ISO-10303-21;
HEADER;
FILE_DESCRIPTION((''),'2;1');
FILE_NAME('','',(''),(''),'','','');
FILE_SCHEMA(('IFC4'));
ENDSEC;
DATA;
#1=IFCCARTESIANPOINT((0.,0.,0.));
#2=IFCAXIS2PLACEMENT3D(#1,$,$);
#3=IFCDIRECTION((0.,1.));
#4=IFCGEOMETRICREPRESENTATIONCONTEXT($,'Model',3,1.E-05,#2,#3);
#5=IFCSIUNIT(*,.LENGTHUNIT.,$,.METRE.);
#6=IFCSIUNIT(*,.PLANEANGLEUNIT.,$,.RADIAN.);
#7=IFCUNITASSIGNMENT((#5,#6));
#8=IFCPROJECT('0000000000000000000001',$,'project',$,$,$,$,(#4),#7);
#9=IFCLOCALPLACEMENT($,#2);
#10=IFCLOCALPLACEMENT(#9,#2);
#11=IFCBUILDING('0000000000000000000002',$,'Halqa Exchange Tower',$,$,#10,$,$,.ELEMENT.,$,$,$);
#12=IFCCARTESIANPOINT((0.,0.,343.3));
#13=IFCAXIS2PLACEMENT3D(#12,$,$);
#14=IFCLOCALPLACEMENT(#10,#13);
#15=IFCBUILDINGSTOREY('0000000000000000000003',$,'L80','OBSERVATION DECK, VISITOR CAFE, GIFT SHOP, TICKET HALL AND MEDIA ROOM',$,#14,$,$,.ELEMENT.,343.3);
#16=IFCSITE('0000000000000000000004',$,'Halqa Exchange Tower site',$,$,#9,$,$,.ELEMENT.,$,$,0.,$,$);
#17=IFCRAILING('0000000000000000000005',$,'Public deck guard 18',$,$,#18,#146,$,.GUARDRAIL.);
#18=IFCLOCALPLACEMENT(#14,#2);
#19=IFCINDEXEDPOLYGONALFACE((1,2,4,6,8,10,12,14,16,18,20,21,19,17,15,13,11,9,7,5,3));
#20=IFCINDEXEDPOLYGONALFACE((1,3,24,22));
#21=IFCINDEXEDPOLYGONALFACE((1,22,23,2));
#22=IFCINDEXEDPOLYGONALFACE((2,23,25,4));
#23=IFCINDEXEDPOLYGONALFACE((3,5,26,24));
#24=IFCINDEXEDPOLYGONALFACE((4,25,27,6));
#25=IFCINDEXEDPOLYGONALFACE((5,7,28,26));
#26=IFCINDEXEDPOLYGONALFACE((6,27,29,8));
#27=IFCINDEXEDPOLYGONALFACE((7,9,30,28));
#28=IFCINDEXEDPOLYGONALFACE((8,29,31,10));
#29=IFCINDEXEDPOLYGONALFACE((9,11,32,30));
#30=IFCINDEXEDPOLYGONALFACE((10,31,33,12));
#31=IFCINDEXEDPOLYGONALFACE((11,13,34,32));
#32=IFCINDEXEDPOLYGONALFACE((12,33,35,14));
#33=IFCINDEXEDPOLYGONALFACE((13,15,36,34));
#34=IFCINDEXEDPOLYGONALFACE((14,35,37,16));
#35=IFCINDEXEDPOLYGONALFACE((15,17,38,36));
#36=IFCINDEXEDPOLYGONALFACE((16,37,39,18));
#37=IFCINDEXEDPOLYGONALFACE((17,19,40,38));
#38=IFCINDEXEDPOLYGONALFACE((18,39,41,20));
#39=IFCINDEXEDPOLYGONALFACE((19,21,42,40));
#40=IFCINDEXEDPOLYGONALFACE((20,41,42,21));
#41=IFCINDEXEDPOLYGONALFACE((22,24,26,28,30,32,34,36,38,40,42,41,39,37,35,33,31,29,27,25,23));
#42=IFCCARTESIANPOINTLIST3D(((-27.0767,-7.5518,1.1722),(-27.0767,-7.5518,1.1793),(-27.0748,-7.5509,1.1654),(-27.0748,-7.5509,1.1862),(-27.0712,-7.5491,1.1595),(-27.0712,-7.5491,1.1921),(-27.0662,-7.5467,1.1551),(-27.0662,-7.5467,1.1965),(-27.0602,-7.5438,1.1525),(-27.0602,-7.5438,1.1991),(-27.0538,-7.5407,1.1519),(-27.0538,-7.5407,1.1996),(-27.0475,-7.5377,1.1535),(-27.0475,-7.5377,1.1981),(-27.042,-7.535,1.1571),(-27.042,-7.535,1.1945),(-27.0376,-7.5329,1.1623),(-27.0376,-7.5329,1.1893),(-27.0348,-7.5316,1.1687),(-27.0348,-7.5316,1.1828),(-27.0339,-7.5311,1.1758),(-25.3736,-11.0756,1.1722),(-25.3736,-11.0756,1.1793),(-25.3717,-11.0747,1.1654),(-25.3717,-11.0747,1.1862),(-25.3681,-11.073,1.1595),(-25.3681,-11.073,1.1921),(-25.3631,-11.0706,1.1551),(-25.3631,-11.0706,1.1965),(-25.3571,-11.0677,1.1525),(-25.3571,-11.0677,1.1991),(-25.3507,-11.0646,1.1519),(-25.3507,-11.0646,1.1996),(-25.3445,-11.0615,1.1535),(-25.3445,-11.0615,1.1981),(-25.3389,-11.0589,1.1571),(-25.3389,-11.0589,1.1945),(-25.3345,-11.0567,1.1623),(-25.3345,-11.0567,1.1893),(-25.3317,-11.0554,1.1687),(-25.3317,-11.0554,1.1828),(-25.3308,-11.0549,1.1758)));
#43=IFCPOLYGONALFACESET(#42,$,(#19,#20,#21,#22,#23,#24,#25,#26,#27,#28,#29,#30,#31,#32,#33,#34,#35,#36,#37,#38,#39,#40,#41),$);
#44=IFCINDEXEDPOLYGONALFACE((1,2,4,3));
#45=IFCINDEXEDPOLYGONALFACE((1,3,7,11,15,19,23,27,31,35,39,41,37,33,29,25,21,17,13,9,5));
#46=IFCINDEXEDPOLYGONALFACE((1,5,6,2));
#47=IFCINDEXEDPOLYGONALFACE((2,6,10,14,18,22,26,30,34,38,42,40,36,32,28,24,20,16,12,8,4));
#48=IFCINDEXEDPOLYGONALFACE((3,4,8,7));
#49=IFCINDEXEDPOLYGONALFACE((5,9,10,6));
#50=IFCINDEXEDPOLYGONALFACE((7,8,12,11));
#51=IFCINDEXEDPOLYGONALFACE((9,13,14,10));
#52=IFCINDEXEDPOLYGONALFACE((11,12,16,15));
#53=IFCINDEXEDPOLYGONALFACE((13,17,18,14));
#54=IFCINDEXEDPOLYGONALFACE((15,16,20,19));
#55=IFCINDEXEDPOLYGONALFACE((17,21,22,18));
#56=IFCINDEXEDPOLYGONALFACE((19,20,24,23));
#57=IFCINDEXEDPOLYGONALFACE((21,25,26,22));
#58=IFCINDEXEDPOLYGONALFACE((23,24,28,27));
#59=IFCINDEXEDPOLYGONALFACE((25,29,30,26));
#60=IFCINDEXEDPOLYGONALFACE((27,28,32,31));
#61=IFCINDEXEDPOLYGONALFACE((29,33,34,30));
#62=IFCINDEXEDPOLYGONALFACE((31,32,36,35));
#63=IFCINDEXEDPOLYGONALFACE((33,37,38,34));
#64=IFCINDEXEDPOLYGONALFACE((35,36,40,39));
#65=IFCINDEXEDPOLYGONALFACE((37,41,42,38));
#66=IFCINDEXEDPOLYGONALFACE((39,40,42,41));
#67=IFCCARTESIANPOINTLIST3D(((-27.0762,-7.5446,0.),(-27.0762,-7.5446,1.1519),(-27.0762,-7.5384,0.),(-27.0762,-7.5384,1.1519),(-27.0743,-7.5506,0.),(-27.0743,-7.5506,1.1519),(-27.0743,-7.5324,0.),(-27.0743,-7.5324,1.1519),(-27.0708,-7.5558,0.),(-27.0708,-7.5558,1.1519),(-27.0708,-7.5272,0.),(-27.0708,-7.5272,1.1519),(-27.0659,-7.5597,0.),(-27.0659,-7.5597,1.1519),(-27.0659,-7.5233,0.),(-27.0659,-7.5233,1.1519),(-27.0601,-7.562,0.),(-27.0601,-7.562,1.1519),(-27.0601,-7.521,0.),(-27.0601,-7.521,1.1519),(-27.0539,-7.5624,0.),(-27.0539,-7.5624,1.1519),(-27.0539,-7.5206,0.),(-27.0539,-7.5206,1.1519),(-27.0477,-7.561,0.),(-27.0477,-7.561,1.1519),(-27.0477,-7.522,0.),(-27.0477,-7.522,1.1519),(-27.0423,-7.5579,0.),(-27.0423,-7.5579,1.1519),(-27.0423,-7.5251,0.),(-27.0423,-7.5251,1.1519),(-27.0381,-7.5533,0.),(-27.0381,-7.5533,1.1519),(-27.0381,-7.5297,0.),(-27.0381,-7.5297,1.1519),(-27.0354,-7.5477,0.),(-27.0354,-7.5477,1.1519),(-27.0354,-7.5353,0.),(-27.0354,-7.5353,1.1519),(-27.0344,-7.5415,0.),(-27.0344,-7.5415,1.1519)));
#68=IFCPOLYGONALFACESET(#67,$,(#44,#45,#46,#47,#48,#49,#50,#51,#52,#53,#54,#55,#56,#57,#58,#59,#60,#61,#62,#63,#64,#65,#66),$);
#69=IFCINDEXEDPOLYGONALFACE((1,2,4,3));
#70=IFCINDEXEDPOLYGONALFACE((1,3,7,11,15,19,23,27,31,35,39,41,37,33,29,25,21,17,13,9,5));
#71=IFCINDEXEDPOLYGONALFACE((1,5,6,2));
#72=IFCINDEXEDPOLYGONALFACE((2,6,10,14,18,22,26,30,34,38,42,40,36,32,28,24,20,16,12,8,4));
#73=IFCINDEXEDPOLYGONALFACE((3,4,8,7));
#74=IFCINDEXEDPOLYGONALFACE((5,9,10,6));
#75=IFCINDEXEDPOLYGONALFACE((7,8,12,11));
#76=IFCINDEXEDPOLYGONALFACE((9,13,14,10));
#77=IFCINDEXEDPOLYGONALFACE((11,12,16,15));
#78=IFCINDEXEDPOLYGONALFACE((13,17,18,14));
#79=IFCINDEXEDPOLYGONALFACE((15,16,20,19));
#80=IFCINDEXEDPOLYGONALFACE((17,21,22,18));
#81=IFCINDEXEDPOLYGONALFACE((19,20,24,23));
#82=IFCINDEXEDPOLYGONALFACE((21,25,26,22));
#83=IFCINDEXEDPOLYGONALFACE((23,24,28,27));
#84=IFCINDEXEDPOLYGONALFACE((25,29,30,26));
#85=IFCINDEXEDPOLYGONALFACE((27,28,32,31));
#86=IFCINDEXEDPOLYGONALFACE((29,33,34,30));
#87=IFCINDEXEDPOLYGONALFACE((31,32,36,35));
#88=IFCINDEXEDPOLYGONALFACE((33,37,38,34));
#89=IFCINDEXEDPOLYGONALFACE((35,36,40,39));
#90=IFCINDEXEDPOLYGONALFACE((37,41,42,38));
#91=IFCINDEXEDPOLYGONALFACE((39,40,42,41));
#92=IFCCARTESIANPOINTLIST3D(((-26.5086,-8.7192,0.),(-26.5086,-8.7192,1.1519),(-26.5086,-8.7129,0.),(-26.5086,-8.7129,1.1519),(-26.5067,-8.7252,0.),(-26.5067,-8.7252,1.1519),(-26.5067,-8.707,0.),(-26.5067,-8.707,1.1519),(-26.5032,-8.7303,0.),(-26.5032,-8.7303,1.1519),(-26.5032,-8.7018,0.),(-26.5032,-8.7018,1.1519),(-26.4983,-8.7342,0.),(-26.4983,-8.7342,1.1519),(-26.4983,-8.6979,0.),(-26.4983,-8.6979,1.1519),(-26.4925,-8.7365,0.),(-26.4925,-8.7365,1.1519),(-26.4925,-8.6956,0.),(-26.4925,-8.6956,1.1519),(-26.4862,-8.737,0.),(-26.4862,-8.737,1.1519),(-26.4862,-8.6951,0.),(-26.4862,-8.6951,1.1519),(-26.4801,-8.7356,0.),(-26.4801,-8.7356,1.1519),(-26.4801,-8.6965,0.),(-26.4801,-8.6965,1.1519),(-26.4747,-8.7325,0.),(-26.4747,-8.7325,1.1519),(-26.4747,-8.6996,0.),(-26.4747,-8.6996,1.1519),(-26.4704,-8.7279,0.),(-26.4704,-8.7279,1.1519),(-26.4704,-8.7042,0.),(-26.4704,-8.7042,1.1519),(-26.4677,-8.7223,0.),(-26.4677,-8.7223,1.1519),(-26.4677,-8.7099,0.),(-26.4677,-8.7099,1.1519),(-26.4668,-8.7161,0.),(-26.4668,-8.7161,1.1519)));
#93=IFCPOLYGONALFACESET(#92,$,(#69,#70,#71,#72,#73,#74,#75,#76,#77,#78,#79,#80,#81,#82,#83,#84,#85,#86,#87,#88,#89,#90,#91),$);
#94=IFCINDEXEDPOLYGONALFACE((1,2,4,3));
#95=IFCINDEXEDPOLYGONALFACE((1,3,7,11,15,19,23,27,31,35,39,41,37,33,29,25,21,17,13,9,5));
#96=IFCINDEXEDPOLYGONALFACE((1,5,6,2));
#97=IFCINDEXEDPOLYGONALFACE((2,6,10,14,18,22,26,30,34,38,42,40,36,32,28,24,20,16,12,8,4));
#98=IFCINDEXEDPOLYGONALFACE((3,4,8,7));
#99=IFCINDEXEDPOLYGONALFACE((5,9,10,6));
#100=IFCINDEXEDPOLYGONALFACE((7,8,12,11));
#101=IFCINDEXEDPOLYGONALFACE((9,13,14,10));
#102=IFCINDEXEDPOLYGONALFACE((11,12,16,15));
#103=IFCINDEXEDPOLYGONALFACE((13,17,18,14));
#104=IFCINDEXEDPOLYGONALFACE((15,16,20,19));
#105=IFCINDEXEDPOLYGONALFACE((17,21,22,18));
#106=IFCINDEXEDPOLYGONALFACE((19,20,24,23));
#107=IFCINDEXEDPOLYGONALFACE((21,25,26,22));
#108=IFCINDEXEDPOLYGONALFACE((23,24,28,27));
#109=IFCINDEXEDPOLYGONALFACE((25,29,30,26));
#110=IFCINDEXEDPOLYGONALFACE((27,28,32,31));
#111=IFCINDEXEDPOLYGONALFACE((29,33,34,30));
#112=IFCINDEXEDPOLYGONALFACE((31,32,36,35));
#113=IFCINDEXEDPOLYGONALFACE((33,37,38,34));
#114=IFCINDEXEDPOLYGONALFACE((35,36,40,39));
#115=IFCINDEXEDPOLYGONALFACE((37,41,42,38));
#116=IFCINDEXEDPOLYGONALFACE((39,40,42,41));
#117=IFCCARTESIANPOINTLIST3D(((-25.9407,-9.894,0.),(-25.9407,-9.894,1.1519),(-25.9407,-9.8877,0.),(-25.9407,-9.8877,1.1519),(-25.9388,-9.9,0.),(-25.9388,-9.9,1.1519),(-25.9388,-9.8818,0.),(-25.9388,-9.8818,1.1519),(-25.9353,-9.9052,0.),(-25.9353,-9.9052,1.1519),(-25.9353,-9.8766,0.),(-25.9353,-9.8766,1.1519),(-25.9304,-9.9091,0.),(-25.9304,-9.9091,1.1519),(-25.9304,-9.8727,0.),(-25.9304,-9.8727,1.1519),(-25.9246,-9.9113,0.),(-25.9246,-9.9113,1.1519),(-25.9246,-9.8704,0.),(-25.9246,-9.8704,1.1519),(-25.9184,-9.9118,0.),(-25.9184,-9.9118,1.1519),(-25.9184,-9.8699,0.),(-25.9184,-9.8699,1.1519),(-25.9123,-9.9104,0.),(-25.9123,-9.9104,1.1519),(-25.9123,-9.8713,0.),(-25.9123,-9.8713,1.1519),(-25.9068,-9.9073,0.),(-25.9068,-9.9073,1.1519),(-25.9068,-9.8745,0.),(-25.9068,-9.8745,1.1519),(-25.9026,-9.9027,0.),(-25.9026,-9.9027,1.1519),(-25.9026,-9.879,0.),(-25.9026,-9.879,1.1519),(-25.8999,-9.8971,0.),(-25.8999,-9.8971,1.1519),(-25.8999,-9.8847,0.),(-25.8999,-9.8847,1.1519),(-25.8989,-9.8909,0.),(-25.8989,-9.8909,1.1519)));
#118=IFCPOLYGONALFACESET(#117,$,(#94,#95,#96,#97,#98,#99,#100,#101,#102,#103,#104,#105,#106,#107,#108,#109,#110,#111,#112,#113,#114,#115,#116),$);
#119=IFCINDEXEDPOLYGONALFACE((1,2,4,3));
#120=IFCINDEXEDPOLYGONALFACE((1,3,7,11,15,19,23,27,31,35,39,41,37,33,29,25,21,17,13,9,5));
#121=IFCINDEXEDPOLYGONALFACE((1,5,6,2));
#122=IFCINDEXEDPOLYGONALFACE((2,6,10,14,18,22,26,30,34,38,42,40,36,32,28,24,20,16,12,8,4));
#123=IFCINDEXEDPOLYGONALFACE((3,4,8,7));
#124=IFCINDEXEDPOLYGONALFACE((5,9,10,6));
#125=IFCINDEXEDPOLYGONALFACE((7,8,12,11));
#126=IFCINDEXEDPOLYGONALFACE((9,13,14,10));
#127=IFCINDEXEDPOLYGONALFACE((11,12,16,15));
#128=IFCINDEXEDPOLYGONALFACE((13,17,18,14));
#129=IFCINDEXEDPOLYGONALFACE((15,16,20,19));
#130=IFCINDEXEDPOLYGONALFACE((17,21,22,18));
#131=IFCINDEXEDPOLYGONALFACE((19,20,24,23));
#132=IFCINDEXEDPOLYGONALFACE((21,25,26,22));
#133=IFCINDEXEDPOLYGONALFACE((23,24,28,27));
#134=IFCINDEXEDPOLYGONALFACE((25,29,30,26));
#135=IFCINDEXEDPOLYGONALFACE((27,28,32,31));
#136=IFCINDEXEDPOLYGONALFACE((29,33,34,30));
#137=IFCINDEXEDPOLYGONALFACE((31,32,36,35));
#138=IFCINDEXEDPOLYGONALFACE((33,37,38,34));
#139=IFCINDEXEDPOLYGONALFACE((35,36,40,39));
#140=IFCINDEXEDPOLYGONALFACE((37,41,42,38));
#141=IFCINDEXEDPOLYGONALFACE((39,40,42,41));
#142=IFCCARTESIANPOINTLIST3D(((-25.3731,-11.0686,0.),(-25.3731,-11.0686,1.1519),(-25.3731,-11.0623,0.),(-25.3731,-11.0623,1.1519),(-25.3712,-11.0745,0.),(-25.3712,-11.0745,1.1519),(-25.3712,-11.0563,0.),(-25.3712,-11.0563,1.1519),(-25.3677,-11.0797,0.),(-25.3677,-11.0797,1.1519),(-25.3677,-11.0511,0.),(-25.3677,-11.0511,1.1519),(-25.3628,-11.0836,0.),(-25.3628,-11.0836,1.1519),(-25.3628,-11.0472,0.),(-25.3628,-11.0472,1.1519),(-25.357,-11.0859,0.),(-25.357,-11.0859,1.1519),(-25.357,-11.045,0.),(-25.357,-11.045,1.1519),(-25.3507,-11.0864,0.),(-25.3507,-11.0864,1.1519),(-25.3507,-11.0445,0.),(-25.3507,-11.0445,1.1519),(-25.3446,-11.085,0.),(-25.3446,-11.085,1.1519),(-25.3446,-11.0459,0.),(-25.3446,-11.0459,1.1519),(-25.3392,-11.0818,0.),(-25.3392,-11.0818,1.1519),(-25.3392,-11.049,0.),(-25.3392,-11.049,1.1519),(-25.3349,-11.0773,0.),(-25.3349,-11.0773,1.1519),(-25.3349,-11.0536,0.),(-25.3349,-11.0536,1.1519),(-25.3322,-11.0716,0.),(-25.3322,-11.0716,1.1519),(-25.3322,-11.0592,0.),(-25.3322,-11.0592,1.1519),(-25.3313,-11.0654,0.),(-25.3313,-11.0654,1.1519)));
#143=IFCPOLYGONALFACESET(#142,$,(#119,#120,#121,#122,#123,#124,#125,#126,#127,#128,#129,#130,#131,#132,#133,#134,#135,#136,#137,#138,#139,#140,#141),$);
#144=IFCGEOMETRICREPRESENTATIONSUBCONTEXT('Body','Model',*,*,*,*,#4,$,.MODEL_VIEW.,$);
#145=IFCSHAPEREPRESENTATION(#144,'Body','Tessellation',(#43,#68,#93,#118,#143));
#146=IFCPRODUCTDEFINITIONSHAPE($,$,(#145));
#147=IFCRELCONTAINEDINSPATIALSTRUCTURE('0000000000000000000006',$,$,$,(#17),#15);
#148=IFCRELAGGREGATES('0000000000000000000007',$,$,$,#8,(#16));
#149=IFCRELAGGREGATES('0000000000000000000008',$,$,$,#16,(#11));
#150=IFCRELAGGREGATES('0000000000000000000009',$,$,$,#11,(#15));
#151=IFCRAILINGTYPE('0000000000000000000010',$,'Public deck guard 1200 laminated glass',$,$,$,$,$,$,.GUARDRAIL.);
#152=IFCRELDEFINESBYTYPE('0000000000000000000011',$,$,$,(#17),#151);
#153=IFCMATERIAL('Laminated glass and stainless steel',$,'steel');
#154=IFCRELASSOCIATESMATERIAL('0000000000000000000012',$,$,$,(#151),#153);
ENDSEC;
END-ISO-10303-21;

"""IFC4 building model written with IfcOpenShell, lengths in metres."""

from ifc_helpers import new_model, si_unit, direction, frame, origin, origin_2d, place, context, subcontext, project, spatial, circle, extrude, material, type_object, element, save


model = new_model("IFC4")

# Units and contexts
model_context = context("Model", 3, precision=1e-05, world=origin(), true_north=direction((0.0, 1.0)))
body_context = subcontext(model_context, "Body", "Model", "MODEL_VIEW")
ifc_project = project(units=[si_unit("LENGTHUNIT", "METRE"), si_unit("PLANEANGLEUNIT", "RADIAN")], contexts=[model_context])

# Site, building, storey
site_placement = place(None, origin())
site = spatial("IfcSite", under=ifc_project, at=site_placement, Name="Halqa Exchange Tower site", CompositionType="ELEMENT", RefElevation=0.0)
building_placement = place(site_placement, origin())
building = spatial("IfcBuilding", under=site, at=building_placement, Name="Halqa Exchange Tower", CompositionType="ELEMENT")
storey_placement = place(building_placement, frame((0.0, 0.0, 343.3)))
storey = spatial("IfcBuildingStorey", under=building, at=storey_placement, Name="L80", Description="OBSERVATION DECK, VISITOR CAFE, GIFT SHOP, TICKET HALL AND MEDIA ROOM", CompositionType="ELEMENT", Elevation=343.3)

# Railing
ifc_material_1 = material(Name="Laminated glass and stainless steel", Category="steel")
railing_type = type_object("IfcRailingType", Name="Public deck guard 1200 laminated glass", PredefinedType="GUARDRAIL", material=ifc_material_1)
railing_1_placement = place(storey_placement, frame((-27.0554, -7.5415, 0.0)))
element("IfcRailing", 1, at=railing_1_placement, inside=storey, type_object=railing_type, Name="Public deck guard 18", PredefinedType="GUARDRAIL", context=body_context, shape_type="SweptSolid", body=[
    extrude(circle(Radius=0.0239, at=origin_2d()), frame((0.0, 0.0, 1.1758), z_axis=(0.435147, -0.90036, 0.0), x_axis=(0.90036, 0.435147, 0.0)), (0.0, 0.0, 1.0), 3.9138),
    extrude(circle(Radius=0.021, at=origin_2d()), origin(), (0.0, 0.0, 1.0), 1.1519),
    extrude(circle(Radius=0.021, at=origin_2d()), frame((0.5676, -1.1746, 0.0)), (0.0, 0.0, 1.0), 1.1519),
    extrude(circle(Radius=0.021, at=origin_2d()), frame((1.1355, -2.3494, 0.0)), (0.0, 0.0, 1.0), 1.1519),
    extrude(circle(Radius=0.021, at=origin_2d()), frame((1.7031, -3.5239, 0.0)), (0.0, 0.0, 1.0), 1.1519),
])

save(model, "model.ifc")
